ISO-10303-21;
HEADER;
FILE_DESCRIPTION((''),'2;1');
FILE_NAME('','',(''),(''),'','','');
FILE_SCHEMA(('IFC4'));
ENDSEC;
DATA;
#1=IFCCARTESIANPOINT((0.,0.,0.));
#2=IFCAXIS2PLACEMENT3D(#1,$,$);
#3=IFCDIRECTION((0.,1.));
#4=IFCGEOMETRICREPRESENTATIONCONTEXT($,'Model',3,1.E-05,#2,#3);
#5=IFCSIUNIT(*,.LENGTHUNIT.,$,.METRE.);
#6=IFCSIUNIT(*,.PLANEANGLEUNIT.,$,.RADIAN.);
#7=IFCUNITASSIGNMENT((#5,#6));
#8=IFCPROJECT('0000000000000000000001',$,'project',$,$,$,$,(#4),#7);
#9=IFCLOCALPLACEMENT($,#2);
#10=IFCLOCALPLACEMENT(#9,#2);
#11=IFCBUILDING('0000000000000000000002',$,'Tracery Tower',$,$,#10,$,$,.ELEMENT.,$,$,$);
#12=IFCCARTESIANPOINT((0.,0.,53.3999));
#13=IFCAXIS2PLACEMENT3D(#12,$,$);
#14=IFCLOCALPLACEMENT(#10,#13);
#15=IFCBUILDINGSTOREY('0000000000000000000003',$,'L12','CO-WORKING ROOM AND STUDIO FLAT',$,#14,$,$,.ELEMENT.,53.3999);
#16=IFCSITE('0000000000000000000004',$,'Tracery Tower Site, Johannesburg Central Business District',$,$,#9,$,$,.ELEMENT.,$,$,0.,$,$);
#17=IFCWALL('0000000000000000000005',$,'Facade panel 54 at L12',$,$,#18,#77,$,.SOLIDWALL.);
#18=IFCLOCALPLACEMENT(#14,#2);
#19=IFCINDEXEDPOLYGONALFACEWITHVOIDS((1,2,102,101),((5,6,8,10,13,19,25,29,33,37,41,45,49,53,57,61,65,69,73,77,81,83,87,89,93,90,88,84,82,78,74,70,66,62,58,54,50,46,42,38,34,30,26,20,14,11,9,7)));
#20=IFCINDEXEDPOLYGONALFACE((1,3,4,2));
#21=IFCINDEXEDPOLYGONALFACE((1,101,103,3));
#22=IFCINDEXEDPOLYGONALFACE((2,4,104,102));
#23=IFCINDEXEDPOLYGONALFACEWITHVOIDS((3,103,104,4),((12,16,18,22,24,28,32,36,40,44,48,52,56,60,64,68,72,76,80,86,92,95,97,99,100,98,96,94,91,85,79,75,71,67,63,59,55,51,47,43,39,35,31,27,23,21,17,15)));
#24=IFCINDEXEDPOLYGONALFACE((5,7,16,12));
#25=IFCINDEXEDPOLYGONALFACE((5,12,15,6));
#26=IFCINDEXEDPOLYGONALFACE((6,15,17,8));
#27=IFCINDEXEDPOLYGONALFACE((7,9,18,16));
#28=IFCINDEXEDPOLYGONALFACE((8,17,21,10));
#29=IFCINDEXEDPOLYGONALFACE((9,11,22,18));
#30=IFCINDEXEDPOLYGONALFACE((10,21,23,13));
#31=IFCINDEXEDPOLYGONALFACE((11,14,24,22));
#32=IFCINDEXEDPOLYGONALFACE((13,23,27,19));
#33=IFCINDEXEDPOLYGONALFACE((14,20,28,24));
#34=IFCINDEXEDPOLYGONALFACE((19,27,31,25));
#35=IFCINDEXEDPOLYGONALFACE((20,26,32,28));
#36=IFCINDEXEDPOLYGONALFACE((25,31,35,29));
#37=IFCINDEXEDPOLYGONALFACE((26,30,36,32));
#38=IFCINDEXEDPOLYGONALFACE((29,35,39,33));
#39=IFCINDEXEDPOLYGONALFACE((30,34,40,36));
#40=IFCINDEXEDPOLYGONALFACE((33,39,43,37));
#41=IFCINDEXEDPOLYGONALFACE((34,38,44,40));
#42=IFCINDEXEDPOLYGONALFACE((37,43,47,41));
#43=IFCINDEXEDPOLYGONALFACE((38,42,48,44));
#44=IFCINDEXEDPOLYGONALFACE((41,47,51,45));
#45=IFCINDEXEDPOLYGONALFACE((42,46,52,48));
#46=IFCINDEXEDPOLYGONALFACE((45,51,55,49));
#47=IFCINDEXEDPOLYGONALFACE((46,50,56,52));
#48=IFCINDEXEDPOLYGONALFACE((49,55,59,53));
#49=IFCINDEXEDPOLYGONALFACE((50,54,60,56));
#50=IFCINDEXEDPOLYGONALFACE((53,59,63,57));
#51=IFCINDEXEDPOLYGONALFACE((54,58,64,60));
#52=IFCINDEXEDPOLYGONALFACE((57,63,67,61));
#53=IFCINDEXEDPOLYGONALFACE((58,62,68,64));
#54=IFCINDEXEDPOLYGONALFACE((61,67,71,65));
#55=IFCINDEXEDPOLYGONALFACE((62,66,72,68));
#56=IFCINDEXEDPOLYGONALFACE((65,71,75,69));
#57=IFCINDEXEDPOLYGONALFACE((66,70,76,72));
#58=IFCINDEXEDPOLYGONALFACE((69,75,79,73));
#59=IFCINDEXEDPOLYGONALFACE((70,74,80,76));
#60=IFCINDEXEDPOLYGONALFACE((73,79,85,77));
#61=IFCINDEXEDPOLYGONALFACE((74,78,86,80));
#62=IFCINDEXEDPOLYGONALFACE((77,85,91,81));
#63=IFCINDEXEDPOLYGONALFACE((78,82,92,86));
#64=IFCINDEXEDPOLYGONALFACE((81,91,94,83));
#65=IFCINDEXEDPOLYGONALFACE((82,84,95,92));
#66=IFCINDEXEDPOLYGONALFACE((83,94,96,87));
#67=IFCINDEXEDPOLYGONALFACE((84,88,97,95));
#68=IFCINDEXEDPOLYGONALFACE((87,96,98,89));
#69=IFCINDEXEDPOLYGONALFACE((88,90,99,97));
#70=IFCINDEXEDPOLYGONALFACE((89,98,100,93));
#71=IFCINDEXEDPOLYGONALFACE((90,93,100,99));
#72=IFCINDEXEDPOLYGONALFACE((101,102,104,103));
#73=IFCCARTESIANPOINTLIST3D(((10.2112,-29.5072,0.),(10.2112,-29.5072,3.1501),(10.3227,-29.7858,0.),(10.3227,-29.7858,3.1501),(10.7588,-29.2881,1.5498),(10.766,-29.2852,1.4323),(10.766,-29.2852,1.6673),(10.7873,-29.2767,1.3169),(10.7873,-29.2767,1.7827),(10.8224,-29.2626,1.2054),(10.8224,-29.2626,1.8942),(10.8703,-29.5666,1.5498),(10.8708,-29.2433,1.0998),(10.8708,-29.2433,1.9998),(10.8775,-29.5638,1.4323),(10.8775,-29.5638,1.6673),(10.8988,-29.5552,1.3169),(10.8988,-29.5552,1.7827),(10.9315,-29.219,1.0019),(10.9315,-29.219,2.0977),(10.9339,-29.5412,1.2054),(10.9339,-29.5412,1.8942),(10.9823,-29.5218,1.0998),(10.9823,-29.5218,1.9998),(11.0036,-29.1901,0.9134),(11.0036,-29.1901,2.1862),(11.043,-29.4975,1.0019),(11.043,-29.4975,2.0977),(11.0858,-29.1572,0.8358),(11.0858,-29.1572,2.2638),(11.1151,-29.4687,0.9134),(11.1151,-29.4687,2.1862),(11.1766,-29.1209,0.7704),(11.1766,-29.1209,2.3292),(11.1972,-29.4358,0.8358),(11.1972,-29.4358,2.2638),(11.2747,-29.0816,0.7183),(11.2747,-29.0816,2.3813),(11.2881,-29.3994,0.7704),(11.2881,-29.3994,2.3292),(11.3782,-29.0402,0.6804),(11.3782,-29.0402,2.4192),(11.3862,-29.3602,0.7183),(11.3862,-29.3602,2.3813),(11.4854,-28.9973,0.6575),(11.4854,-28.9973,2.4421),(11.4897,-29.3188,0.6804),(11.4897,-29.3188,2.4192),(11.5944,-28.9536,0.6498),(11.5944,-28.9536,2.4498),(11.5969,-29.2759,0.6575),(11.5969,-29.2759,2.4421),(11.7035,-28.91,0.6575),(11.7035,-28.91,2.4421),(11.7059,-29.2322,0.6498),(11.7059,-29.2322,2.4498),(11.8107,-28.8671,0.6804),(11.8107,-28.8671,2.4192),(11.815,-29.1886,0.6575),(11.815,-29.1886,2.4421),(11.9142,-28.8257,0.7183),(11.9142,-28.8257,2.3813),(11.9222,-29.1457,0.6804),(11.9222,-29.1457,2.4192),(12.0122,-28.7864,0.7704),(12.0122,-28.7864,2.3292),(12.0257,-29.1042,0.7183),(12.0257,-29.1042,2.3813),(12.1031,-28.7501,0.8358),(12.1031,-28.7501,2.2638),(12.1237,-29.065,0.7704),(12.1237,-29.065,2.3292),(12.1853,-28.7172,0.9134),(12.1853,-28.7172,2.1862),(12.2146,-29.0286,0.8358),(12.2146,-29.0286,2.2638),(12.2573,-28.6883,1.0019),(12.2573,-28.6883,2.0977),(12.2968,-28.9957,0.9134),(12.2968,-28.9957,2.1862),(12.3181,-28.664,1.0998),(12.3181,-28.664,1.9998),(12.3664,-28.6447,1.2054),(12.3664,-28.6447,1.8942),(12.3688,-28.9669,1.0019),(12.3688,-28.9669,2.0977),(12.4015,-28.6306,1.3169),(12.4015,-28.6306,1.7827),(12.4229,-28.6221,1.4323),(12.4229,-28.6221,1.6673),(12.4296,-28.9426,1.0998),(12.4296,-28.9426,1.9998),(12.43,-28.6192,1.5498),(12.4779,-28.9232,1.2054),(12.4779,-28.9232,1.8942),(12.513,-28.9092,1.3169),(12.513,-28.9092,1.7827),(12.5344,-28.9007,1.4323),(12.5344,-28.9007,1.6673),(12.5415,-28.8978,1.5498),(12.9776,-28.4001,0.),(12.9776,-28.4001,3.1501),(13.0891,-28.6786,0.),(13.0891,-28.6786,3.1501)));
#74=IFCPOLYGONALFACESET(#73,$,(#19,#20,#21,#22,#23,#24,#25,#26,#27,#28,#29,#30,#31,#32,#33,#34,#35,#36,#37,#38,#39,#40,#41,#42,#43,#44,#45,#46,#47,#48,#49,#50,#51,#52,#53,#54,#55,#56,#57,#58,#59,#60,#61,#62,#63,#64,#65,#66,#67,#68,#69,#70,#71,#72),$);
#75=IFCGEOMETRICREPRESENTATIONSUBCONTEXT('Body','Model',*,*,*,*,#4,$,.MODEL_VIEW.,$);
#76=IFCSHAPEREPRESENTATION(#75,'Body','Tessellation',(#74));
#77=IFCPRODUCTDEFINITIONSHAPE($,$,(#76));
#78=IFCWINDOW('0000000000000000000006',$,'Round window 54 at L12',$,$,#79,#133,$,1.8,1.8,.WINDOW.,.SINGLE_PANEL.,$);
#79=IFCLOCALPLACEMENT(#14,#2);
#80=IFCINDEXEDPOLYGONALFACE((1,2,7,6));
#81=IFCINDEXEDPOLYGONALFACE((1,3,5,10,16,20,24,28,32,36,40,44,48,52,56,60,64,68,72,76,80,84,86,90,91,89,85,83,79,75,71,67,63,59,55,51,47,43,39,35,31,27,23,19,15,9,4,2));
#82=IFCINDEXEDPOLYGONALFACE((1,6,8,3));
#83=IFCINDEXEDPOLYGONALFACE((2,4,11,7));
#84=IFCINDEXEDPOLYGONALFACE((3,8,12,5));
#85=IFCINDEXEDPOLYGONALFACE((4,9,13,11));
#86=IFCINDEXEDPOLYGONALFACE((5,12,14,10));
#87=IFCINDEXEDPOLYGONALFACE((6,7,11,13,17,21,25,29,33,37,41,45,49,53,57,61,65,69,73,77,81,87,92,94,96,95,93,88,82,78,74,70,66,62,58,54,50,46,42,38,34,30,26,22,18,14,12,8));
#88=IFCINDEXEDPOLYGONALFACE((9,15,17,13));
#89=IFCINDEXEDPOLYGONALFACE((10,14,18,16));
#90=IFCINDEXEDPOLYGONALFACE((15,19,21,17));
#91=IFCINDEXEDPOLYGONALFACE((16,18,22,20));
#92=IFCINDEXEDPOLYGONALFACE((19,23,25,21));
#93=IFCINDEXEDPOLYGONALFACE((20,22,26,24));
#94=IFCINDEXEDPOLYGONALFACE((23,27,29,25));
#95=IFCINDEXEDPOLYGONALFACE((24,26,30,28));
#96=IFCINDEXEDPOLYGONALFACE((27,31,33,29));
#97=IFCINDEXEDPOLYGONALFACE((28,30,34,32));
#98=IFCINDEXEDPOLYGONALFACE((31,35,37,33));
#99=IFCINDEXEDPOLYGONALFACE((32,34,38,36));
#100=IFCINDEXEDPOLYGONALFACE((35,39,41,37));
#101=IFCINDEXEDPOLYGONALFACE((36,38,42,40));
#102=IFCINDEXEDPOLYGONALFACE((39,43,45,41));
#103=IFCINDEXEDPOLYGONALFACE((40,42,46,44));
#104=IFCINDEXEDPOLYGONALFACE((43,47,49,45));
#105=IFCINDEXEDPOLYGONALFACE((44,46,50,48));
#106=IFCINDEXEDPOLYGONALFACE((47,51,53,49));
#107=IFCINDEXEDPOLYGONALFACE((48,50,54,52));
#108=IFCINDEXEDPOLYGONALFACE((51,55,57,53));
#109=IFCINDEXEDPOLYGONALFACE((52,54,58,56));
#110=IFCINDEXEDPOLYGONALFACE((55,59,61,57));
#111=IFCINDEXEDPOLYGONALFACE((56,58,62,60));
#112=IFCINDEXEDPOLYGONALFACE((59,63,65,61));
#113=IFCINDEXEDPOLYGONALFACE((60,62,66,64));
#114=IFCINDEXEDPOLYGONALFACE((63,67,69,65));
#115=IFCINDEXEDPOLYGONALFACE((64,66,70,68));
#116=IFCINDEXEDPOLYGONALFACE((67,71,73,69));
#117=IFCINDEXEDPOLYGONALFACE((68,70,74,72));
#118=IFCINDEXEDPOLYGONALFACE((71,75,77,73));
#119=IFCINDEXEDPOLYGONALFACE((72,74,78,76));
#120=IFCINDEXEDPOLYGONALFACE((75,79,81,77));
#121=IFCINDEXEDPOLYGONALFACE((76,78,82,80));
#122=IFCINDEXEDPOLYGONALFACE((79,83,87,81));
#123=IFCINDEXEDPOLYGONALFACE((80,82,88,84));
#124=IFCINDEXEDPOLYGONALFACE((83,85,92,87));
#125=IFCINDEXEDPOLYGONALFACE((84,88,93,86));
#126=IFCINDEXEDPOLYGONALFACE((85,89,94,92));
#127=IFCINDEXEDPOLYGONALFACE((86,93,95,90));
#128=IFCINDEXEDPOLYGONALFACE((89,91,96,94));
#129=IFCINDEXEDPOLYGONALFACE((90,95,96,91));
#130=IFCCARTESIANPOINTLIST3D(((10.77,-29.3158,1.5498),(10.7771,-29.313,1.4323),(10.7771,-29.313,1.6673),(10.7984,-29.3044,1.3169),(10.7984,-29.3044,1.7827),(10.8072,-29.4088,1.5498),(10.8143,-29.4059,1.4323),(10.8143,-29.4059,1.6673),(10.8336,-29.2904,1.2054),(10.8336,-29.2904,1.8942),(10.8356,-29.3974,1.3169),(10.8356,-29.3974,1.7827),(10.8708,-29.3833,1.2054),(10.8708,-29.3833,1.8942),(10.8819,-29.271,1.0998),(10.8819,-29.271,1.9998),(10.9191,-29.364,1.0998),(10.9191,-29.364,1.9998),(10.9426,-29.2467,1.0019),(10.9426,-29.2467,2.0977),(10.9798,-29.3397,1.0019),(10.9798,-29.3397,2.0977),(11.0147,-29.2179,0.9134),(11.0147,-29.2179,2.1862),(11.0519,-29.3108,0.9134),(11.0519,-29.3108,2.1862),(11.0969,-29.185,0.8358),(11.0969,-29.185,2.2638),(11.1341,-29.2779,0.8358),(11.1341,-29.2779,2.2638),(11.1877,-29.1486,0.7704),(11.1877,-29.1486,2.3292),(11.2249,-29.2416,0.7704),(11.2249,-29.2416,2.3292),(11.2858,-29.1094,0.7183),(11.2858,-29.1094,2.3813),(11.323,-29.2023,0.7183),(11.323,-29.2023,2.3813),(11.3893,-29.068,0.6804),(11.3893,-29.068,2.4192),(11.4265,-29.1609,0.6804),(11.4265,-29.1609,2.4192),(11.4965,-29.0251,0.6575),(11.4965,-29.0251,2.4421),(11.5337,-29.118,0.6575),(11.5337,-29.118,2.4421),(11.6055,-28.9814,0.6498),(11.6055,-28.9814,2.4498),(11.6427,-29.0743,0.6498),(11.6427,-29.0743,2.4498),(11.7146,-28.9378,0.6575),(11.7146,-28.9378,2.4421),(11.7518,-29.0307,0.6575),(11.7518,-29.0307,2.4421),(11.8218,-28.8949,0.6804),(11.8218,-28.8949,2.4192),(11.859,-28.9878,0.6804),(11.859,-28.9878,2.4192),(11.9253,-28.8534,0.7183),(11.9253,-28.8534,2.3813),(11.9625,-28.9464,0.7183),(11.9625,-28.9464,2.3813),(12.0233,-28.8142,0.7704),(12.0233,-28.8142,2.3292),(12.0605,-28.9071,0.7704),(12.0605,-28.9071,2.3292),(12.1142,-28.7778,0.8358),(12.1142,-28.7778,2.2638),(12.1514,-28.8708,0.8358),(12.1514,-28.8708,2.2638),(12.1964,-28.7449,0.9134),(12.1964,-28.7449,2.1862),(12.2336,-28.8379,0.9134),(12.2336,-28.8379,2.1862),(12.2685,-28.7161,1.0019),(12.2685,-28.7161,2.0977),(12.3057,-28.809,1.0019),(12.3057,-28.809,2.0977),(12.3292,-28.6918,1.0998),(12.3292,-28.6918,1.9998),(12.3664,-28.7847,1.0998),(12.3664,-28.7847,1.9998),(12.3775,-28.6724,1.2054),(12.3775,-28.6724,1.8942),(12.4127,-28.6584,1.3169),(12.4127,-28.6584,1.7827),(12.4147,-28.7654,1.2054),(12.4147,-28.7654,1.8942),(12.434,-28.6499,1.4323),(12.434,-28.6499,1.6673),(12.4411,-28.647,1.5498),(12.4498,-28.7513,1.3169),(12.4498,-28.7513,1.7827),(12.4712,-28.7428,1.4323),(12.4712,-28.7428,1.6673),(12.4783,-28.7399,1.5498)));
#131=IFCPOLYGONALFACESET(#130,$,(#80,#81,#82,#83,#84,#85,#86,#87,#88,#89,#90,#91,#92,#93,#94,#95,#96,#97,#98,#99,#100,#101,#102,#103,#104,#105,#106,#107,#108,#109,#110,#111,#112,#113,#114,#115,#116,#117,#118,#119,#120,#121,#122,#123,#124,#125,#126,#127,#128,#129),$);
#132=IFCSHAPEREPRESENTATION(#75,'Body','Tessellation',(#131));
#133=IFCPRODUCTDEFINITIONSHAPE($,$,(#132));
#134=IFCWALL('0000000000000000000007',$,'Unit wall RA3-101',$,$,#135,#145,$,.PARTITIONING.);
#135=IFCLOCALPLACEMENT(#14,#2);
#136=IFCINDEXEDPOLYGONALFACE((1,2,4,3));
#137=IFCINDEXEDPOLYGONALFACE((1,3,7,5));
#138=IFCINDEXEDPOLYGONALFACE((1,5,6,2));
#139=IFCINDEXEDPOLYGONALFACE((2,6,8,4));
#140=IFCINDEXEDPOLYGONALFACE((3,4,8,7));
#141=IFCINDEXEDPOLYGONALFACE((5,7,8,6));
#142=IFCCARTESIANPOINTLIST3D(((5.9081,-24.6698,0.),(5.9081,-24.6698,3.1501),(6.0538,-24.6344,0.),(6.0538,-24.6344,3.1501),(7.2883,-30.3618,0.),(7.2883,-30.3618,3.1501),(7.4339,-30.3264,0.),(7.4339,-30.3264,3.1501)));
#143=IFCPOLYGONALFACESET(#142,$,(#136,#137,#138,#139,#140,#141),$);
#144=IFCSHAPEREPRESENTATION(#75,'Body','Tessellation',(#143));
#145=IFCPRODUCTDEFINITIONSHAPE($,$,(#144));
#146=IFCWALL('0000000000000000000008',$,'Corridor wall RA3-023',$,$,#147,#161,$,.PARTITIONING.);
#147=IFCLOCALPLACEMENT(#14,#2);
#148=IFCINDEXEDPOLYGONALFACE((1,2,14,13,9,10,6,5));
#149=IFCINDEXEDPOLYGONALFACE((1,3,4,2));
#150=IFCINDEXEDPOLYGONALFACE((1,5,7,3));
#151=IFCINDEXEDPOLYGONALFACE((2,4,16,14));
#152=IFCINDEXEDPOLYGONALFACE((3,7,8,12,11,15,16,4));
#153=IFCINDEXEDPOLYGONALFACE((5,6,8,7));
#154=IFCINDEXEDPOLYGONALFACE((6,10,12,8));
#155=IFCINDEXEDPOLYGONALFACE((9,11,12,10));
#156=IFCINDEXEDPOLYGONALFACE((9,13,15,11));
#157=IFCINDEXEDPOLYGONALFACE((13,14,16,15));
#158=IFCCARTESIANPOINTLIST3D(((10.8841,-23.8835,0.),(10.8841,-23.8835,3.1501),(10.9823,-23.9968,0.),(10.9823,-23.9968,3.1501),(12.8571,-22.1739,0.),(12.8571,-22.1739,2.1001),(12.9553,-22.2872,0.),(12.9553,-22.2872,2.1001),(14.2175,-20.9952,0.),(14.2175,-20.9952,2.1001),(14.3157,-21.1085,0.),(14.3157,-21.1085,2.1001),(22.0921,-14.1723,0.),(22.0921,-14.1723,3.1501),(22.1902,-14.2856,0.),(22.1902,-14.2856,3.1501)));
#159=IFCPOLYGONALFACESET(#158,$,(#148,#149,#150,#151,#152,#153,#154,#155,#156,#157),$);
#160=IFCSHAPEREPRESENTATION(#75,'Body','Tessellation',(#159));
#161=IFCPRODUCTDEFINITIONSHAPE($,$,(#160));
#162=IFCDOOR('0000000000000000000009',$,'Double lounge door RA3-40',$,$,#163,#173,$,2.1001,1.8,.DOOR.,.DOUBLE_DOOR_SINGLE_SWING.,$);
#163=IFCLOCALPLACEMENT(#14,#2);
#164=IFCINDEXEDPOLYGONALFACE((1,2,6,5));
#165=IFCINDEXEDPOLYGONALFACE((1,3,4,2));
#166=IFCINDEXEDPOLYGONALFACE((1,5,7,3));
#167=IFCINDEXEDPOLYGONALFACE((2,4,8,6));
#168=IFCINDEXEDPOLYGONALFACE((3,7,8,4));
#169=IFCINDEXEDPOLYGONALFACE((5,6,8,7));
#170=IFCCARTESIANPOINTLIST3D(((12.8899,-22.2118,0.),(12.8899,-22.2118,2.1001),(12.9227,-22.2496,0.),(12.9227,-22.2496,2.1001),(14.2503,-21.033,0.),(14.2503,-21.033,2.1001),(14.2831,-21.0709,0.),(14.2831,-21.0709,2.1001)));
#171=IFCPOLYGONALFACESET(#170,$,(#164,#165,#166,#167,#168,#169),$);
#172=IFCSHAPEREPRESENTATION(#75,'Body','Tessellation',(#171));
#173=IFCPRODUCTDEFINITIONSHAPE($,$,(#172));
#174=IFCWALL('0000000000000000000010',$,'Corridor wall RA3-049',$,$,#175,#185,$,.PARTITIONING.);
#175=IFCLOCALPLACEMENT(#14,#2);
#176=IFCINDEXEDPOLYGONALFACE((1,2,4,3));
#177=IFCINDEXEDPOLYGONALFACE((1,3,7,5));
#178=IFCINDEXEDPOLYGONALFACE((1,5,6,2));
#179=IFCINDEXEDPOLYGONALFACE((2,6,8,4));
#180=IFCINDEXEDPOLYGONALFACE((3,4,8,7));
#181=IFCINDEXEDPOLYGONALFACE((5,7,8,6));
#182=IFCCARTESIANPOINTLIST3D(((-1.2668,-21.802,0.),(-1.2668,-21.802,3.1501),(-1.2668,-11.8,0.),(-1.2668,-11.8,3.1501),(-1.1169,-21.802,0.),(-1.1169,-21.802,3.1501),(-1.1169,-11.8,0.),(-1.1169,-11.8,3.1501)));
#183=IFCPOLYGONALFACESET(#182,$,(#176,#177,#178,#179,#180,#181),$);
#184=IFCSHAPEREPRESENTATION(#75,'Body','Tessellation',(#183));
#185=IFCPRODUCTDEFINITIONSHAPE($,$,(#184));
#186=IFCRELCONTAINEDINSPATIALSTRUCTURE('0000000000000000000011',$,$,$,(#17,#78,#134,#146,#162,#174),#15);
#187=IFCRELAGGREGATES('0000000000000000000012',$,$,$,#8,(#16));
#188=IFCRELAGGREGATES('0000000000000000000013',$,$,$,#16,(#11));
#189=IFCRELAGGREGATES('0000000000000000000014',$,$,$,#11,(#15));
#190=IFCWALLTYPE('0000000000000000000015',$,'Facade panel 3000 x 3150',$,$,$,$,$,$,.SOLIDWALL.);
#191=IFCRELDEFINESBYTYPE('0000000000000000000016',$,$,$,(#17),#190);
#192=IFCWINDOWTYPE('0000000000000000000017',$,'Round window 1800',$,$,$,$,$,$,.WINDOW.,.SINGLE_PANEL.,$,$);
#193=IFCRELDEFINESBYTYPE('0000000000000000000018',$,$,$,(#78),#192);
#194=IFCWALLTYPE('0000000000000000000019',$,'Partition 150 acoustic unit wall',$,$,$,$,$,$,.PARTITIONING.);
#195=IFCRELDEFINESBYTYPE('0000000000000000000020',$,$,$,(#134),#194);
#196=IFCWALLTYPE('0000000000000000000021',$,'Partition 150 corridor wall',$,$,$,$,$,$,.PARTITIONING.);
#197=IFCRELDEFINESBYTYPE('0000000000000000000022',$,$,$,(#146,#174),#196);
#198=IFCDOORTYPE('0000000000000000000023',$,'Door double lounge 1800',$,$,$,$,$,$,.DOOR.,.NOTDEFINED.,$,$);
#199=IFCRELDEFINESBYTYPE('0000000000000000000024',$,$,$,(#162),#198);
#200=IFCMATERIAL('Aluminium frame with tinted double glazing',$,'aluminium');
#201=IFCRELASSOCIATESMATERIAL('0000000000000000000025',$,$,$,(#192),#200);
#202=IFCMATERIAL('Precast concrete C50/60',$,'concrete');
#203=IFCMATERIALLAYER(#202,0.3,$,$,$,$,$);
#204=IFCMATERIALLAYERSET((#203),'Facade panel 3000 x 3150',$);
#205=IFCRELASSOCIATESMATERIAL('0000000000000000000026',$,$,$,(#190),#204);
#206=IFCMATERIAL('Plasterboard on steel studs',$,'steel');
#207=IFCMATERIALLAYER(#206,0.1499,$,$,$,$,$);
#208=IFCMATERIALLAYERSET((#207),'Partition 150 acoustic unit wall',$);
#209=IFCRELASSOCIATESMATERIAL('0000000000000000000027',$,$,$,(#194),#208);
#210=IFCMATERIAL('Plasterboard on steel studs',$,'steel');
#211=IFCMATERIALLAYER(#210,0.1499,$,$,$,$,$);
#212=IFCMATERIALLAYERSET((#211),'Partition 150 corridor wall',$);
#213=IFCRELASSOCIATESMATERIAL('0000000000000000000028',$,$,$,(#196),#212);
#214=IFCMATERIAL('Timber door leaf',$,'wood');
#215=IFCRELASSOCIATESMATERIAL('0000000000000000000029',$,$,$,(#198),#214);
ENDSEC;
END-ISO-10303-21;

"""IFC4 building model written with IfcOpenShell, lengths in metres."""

from ifc_helpers import new_model, si_unit, direction, frame, frame_2d, origin, origin_2d, place, context, subcontext, project, spatial, rectangle, circle, extrude, material, layer, layer_set, type_object, element, fill, save


model = new_model("IFC4")

# Units and contexts
model_context = context("Model", 3, precision=1e-05, world=origin(), true_north=direction((0.0, 1.0)))
body_context = subcontext(model_context, "Body", "Model", "MODEL_VIEW")
ifc_project = project(units=[si_unit("LENGTHUNIT", "METRE"), si_unit("PLANEANGLEUNIT", "RADIAN")], contexts=[model_context])

# Site, building, storey
site_placement = place(None, origin())
site = spatial("IfcSite", under=ifc_project, at=site_placement, Name="Tracery Tower Site, Johannesburg Central Business District", CompositionType="ELEMENT", RefElevation=0.0)
building_placement = place(site_placement, origin())
building = spatial("IfcBuilding", under=site, at=building_placement, Name="Tracery Tower", CompositionType="ELEMENT")
storey_placement = place(building_placement, frame((0.0, 0.0, 53.3999)))
storey = spatial("IfcBuildingStorey", under=building, at=storey_placement, Name="L12", Description="CO-WORKING ROOM AND STUDIO FLAT", CompositionType="ELEMENT", Elevation=53.3999)

# Wall, opening, window
ifc_material_1 = material(Name="Aluminium frame with tinted double glazing", Category="aluminium")
window_type = type_object("IfcWindowType", Name="Round window 1800", PartitioningType="SINGLE_PANEL", PredefinedType="WINDOW", material=ifc_material_1)
ifc_material_2 = material(Name="Precast concrete C50/60", Category="concrete")
ifc_layer_1 = layer(ifc_material_2, 0.3)
ifc_layer_set_1 = layer_set([ifc_layer_1], Name="Facade panel 3000 x 3150")
wall_type_1 = type_object("IfcWallType", Name="Facade panel 3000 x 3150", PredefinedType="SOLIDWALL", material=ifc_layer_set_1)
wall_1_placement = place(storey_placement, frame((10.2671, -29.6465, 0.0), z_axis=(0.0, 0.0, 1.0), x_axis=(0.928403, 0.371574, 0.0)))
wall_1 = element("IfcWall", 1, at=wall_1_placement, inside=storey, type_object=wall_type_1, Name="Facade panel 54 at L12", PredefinedType="SOLIDWALL", context=body_context, shape_type="SweptSolid", body=[
    extrude(rectangle(XDim=2.9797, YDim=0.3, at=frame_2d((1.4897, 0.0))), origin(), (0.0, 0.0, 1.0), 3.1501),
])
opening_1_placement = place(wall_1_placement, frame((1.4897, 0.0, 1.5498)))
opening_1 = element("IfcOpeningElement", 2, at=opening_1_placement, cuts=wall_1, PredefinedType="OPENING", context=body_context, shape_type="SweptSolid", body=[
    extrude(circle(Radius=0.9, at=origin_2d()), frame((0.0, 0.1599, 0.0), z_axis=(0.0, -1.0, 0.0), x_axis=(1.0, 0.0, 0.0)), (0.0, 0.0, 1.0), 0.3201),
])
window_1_placement = place(opening_1_placement, origin())
window_1 = element("IfcWindow", 3, at=window_1_placement, inside=storey, type_object=window_type, Name="Round window 54 at L12", OverallHeight=1.8, OverallWidth=1.8, PartitioningType="SINGLE_PANEL", PredefinedType="WINDOW", context=body_context, shape_type="SweptSolid", body=[
    extrude(circle(Radius=0.9, at=origin_2d()), frame((0.0, 0.1201, 0.0), z_axis=(0.0, -1.0, 0.0), x_axis=(1.0, 0.0, 0.0)), (0.0, 0.0, 1.0), 0.1001),
])
fill(opening_1, window_1)

# Wall
ifc_material_3 = material(Name="Plasterboard on steel studs", Category="steel")
ifc_layer_2 = layer(ifc_material_3, 0.1499)
ifc_layer_set_2 = layer_set([ifc_layer_2], Name="Partition 150 acoustic unit wall")
wall_type_2 = type_object("IfcWallType", Name="Partition 150 acoustic unit wall", PredefinedType="PARTITIONING", material=ifc_layer_set_2)
wall_2_placement = place(storey_placement, frame((5.981, -24.6521, 0.0), z_axis=(0.0, 0.0, 1.0), x_axis=(0.235644, -0.971839, 0.0)))
element("IfcWall", 4, at=wall_2_placement, inside=storey, type_object=wall_type_2, Name="Unit wall RA3-101", PredefinedType="PARTITIONING", context=body_context, shape_type="SweptSolid", body=[
    extrude(rectangle(XDim=5.8569, YDim=0.1499, at=frame_2d((2.9285, 0.0))), origin(), (0.0, 0.0, 1.0), 3.1501),
])

# Wall, opening, door
ifc_material_4 = material(Name="Plasterboard on steel studs", Category="steel")
ifc_layer_3 = layer(ifc_material_4, 0.1499)
ifc_layer_set_3 = layer_set([ifc_layer_3], Name="Partition 150 corridor wall")
wall_type_3 = type_object("IfcWallType", Name="Partition 150 corridor wall", PredefinedType="PARTITIONING", material=ifc_layer_set_3)
wall_3_placement = place(storey_placement, frame((10.9331, -23.9402, 0.0), z_axis=(0.0, 0.0, 1.0), x_axis=(0.75577, 0.654837, 0.0)))
wall_3 = element("IfcWall", 5, at=wall_3_placement, inside=storey, type_object=wall_type_3, Name="Corridor wall RA3-023", PredefinedType="PARTITIONING", context=body_context, shape_type="SweptSolid", body=[
    extrude(rectangle(XDim=14.8298, YDim=0.1499, at=frame_2d((7.415, 0.0))), origin(), (0.0, 0.0, 1.0), 3.1501),
])
opening_2_placement = place(wall_3_placement, frame((2.6108, 0.0, 0.0)))
opening_2 = element("IfcOpeningElement", 6, at=opening_2_placement, cuts=wall_3, PredefinedType="OPENING", context=body_context, shape_type="SweptSolid", body=[
    extrude(rectangle(XDim=1.8, YDim=2.1001, at=frame_2d((0.8999, 1.05))), frame((0.0, 0.075, 0.0), z_axis=(0.0, -1.0, 0.0), x_axis=(1.0, 0.0, 0.0)), (0.0, 0.0, 1.0), 0.1499),
])
ifc_material_5 = material(Name="Timber door leaf", Category="wood")
door_type_1 = type_object("IfcDoorType", Name="Door double lounge 1800", OperationType="NOTDEFINED", PredefinedType="DOOR", material=ifc_material_5)
door_1_placement = place(opening_2_placement, origin())
door_1 = element("IfcDoor", 7, at=door_1_placement, inside=storey, type_object=door_type_1, Name="Double lounge door RA3-40", OperationType="DOUBLE_DOOR_SINGLE_SWING", OverallHeight=2.1001, OverallWidth=1.8, PredefinedType="DOOR", context=body_context, shape_type="SweptSolid", body=[
    extrude(rectangle(XDim=1.8, YDim=2.1001, at=frame_2d((0.8999, 1.05))), frame((0.0, 0.0249, 0.0), z_axis=(0.0, -1.0, 0.0), x_axis=(1.0, 0.0, 0.0)), (0.0, 0.0, 1.0), 0.05),
])
fill(opening_2, door_1)

# Wall
wall_4_placement = place(storey_placement, frame((-1.1919, -21.802, 0.0), z_axis=(0.0, 0.0, 1.0), x_axis=(0.0, 1.0, 0.0)))
element("IfcWall", 8, at=wall_4_placement, inside=storey, type_object=wall_type_3, Name="Corridor wall RA3-049", PredefinedType="PARTITIONING", context=body_context, shape_type="SweptSolid", body=[
    extrude(rectangle(XDim=10.002, YDim=0.1499, at=frame_2d((5.001, 0.0))), origin(), (0.0, 0.0, 1.0), 3.1501),
])

save(model, "model.ifc")
